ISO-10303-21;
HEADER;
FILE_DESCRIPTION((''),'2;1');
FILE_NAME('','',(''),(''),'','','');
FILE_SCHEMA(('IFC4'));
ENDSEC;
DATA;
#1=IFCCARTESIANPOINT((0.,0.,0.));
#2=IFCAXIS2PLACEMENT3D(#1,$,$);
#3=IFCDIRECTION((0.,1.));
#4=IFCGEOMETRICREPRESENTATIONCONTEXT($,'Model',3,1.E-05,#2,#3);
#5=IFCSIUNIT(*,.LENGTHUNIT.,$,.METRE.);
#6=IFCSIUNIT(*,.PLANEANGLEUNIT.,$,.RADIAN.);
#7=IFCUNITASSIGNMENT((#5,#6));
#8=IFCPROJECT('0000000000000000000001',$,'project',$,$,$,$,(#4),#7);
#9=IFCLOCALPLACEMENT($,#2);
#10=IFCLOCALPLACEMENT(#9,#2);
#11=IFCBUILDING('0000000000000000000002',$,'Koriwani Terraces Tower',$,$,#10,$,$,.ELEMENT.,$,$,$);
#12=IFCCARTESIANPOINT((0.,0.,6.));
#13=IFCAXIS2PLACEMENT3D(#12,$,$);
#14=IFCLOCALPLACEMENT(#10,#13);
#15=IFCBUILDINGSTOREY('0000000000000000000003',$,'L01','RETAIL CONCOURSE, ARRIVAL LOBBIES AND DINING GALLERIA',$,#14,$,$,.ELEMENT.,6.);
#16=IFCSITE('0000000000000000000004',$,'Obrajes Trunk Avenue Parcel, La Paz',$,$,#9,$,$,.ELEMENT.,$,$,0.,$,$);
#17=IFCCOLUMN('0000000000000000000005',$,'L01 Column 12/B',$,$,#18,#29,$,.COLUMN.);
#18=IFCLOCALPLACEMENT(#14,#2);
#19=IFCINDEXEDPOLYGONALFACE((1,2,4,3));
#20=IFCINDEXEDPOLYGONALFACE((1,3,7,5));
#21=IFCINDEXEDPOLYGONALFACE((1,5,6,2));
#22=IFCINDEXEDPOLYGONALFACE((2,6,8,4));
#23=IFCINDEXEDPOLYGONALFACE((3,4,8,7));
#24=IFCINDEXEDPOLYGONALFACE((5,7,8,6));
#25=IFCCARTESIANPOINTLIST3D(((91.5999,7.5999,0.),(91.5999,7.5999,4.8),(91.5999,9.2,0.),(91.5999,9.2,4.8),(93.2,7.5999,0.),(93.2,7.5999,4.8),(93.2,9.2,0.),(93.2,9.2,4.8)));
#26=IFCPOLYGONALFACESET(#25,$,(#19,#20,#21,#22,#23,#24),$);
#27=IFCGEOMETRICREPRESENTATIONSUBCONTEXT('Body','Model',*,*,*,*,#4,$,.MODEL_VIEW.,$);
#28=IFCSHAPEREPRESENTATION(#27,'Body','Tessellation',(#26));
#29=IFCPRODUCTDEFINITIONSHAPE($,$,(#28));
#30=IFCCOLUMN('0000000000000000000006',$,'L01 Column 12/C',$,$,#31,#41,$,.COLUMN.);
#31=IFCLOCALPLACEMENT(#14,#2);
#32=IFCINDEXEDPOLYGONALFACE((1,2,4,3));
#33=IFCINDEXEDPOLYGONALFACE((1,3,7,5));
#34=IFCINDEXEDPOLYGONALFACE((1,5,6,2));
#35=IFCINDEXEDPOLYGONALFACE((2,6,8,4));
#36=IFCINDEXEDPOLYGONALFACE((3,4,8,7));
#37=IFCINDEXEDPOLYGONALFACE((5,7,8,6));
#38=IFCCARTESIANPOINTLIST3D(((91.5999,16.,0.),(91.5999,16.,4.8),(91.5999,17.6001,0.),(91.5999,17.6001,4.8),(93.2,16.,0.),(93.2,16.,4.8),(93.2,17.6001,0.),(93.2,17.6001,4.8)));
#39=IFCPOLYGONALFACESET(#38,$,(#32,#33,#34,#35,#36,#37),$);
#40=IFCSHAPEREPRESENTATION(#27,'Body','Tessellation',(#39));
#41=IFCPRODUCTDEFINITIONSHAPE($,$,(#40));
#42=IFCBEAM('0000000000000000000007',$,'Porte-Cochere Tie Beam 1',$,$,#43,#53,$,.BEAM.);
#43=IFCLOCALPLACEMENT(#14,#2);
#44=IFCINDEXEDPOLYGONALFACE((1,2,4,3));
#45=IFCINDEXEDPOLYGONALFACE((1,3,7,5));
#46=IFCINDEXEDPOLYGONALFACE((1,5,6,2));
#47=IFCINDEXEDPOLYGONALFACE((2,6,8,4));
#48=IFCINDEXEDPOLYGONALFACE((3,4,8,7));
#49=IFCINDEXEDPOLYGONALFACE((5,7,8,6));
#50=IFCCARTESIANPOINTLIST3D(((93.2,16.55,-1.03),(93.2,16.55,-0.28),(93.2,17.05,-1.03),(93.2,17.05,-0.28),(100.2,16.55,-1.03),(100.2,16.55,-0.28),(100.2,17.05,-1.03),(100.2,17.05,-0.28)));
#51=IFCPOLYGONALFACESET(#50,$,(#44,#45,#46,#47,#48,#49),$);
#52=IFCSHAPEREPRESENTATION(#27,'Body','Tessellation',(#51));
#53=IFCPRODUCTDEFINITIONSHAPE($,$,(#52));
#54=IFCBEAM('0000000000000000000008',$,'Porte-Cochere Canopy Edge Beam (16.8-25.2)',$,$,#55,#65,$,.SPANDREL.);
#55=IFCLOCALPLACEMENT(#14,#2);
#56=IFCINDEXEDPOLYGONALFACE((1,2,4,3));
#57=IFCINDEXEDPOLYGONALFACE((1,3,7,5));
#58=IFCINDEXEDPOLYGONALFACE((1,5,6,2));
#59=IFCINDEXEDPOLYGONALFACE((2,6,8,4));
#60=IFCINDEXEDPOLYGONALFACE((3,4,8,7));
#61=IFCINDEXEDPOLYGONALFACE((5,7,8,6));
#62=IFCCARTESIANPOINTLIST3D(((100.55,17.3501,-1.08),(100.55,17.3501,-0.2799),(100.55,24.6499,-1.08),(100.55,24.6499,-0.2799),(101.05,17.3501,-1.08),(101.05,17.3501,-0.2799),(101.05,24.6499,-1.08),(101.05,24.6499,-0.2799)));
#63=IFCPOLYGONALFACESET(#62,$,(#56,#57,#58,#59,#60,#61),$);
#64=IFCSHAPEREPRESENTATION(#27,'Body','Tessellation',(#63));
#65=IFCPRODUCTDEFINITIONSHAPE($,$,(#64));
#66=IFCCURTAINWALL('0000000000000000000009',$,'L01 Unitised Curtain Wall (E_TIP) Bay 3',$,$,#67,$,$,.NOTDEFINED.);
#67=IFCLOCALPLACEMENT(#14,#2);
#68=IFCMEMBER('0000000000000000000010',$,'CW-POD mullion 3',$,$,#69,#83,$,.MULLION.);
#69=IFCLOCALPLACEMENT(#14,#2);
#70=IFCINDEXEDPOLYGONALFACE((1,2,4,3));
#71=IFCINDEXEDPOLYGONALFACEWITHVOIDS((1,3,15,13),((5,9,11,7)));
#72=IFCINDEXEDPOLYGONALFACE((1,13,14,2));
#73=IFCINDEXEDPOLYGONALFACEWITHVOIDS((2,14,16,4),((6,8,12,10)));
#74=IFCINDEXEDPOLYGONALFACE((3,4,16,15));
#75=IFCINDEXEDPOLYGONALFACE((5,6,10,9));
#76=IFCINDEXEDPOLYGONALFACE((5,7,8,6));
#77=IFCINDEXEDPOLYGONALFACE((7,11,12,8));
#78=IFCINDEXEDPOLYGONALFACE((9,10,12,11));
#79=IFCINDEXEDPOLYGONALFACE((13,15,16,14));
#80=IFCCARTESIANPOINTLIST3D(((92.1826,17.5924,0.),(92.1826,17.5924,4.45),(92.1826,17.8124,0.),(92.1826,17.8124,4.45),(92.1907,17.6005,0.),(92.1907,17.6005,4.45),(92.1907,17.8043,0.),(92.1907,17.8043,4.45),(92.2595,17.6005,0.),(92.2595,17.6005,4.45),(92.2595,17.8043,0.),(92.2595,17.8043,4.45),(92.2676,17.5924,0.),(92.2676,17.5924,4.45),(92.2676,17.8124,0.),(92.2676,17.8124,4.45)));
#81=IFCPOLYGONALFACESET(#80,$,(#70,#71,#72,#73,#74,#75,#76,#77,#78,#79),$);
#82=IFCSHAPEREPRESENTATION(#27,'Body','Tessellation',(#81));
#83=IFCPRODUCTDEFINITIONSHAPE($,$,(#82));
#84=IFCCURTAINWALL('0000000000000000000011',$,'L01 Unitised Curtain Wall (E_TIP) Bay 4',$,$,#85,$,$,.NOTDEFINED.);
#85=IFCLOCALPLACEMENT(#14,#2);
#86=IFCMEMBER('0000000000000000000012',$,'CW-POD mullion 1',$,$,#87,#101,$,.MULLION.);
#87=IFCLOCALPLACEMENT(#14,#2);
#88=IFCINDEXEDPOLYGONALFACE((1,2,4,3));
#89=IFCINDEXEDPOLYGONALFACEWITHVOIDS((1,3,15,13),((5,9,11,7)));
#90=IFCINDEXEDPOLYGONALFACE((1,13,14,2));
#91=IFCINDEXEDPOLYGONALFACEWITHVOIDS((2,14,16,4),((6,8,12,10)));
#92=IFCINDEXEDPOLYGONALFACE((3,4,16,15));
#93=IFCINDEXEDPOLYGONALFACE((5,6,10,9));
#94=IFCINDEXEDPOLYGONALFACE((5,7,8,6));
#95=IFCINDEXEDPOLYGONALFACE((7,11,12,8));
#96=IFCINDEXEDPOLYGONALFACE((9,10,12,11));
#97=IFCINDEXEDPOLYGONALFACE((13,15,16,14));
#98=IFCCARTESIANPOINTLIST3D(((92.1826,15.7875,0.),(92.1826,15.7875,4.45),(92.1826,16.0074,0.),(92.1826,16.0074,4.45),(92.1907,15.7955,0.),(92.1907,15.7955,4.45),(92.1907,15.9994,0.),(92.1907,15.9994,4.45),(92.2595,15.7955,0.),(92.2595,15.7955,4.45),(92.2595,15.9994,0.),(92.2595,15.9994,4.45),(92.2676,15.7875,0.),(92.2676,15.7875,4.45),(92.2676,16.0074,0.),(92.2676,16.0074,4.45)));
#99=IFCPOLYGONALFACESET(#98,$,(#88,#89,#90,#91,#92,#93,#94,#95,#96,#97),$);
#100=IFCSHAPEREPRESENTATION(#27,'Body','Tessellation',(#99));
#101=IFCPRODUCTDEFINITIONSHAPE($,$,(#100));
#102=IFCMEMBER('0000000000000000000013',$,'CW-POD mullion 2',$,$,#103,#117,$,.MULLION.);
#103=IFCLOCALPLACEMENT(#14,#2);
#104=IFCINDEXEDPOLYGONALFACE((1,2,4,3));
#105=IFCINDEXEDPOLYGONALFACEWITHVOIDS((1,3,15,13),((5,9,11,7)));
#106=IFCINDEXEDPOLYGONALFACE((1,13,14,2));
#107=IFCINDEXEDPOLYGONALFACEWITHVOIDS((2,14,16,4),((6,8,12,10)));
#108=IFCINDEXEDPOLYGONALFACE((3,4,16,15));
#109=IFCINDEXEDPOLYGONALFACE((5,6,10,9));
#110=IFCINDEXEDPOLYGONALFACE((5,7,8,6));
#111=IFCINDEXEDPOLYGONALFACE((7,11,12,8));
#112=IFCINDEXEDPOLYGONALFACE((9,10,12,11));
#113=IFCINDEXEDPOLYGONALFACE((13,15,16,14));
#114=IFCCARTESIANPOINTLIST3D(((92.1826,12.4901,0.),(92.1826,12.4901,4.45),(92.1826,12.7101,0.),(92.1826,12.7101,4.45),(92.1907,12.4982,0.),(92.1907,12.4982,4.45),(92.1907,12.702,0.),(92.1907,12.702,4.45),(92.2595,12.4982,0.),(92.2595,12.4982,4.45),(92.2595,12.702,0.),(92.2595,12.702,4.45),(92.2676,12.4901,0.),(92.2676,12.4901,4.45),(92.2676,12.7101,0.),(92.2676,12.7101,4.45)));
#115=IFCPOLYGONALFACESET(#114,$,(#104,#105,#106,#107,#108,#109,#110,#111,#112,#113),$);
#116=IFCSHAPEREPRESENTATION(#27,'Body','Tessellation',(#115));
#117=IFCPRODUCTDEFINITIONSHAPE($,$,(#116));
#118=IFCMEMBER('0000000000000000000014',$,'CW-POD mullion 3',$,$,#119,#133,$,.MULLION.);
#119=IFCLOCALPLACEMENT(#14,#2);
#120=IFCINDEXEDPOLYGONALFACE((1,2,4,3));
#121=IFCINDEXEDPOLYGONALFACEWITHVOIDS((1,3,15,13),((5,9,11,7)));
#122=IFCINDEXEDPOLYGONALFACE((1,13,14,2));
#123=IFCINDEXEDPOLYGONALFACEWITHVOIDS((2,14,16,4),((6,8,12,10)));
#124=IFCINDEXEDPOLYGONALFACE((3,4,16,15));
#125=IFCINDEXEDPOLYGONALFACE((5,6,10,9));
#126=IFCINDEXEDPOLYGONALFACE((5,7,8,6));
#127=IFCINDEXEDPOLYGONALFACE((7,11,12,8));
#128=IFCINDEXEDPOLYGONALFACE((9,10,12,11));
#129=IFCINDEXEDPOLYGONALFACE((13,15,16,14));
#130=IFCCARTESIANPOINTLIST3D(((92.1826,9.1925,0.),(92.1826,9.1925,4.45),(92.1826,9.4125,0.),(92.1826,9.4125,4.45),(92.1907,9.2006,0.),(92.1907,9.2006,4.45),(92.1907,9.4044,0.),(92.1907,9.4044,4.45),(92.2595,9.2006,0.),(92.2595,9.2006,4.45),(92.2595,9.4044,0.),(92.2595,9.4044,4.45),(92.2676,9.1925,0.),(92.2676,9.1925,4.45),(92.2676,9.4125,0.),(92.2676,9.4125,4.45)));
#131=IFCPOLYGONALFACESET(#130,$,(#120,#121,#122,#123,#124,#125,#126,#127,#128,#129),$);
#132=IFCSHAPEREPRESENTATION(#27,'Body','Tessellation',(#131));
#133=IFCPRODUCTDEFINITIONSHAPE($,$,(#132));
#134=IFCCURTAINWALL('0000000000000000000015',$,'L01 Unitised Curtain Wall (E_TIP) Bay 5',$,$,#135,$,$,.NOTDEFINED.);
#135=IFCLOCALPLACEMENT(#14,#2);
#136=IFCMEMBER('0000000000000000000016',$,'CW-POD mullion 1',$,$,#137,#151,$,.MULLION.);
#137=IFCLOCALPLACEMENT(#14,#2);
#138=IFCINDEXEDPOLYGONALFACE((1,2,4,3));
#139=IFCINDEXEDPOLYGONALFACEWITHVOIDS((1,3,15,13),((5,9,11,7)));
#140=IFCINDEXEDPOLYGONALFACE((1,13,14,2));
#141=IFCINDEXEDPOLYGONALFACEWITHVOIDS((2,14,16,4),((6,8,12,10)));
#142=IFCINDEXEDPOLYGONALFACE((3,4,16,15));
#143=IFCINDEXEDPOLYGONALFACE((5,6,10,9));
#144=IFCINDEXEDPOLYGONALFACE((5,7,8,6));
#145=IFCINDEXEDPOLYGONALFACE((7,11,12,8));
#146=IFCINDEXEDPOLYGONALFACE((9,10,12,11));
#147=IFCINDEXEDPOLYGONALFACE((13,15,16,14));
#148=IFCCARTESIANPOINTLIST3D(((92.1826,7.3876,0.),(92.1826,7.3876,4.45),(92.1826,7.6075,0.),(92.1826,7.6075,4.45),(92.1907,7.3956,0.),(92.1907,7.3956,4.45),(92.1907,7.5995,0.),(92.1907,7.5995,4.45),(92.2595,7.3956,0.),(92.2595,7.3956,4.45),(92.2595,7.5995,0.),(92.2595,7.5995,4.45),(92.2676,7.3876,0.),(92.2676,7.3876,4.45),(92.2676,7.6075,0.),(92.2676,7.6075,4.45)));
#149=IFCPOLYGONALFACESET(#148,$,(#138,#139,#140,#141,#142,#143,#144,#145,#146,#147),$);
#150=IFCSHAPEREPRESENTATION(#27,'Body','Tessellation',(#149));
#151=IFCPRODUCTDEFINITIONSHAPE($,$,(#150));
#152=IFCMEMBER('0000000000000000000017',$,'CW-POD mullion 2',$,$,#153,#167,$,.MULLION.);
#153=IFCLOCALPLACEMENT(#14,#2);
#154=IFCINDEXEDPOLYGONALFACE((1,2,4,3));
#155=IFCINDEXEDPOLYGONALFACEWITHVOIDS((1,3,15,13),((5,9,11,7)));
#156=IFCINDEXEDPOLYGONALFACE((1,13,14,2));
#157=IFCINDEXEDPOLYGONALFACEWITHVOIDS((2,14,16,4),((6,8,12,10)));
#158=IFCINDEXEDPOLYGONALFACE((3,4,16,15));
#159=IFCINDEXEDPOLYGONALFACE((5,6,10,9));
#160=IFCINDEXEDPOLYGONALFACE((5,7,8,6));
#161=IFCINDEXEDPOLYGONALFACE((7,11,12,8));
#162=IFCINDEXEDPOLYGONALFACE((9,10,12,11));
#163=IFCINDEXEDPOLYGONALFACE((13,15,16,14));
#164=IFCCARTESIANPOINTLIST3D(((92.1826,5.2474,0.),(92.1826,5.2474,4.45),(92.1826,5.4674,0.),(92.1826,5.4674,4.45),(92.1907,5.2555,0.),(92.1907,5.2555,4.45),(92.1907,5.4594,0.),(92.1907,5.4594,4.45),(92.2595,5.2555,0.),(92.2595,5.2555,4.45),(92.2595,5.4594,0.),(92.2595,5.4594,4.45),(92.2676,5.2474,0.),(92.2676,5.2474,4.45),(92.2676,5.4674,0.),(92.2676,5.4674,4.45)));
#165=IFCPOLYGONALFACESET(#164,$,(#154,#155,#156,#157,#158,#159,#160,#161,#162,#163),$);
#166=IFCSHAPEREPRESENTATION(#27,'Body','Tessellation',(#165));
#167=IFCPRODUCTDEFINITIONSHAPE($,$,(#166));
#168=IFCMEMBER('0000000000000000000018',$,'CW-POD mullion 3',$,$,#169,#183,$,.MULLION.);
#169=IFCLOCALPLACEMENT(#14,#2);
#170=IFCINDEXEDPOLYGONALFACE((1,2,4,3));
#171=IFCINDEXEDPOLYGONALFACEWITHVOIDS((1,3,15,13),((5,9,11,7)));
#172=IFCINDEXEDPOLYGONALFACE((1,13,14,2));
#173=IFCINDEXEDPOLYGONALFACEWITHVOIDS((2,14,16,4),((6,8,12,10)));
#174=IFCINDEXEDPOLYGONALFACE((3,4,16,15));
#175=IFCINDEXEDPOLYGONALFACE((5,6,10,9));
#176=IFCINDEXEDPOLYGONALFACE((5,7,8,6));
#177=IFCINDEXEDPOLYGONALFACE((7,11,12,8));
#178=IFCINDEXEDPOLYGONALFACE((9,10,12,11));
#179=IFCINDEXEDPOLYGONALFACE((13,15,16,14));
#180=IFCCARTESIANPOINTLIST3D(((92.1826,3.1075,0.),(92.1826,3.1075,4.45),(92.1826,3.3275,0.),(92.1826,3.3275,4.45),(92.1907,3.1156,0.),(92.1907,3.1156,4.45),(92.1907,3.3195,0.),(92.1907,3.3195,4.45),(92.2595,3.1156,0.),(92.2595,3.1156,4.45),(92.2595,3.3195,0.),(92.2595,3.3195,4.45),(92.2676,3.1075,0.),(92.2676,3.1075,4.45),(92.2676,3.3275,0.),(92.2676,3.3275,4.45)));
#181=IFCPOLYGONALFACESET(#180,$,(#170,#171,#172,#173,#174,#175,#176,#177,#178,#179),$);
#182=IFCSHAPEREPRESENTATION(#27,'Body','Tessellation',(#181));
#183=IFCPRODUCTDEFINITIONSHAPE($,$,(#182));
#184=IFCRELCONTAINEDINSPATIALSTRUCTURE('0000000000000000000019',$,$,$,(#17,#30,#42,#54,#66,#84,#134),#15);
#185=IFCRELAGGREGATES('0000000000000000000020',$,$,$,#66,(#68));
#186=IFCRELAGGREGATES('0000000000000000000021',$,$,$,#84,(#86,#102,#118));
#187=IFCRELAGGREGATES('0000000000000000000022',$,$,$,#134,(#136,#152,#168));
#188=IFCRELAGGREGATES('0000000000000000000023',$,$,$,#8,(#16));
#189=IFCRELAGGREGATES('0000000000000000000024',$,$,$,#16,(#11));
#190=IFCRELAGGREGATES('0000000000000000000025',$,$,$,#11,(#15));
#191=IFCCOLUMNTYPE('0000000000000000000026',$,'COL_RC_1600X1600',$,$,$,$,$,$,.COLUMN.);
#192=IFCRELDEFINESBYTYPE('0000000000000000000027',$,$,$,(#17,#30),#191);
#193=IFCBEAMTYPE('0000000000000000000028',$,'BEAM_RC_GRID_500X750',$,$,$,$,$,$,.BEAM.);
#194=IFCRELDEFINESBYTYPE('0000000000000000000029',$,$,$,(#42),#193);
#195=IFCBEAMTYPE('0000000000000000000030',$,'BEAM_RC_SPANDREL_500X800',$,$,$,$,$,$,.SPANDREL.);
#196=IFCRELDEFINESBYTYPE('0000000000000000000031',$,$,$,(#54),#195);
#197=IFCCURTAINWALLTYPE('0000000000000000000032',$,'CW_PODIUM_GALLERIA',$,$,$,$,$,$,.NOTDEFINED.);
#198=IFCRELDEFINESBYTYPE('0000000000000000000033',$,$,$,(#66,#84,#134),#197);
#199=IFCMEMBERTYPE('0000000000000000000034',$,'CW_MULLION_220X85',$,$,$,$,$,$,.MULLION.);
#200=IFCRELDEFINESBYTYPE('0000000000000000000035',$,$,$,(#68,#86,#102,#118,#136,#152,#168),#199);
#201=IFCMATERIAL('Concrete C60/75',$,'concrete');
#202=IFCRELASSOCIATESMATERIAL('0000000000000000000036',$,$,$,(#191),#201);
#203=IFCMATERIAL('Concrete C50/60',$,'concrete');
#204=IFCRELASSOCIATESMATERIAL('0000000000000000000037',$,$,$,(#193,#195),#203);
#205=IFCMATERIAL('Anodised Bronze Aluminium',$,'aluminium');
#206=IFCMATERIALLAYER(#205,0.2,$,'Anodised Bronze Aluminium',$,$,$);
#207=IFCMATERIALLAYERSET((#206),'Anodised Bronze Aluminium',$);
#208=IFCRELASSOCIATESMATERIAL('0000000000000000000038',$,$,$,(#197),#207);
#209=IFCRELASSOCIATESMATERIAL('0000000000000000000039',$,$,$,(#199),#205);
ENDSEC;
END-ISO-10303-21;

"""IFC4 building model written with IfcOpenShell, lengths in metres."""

from ifc_helpers import new_model, si_unit, direction, frame, origin, origin_2d, place, context, subcontext, project, spatial, rectangle, hollow_rectangle, extrude, material, layer, layer_set, material_profile, profile_set, type_object, element, aggregate, save


model = new_model("IFC4")

# Units and contexts
model_context = context("Model", 3, precision=1e-05, world=origin(), true_north=direction((0.0, 1.0)))
body_context = subcontext(model_context, "Body", "Model", "MODEL_VIEW")
ifc_project = project(units=[si_unit("LENGTHUNIT", "METRE"), si_unit("PLANEANGLEUNIT", "RADIAN")], contexts=[model_context])

# Site, building, storey
site_placement = place(None, origin())
site = spatial("IfcSite", under=ifc_project, at=site_placement, Name="Obrajes Trunk Avenue Parcel, La Paz", CompositionType="ELEMENT", RefElevation=0.0)
building_placement = place(site_placement, origin())
building = spatial("IfcBuilding", under=site, at=building_placement, Name="Koriwani Terraces Tower", CompositionType="ELEMENT")
storey_placement = place(building_placement, frame((0.0, 0.0, 6.0)))
storey = spatial("IfcBuildingStorey", under=building, at=storey_placement, Name="L01", Description="RETAIL CONCOURSE, ARRIVAL LOBBIES AND DINING GALLERIA", CompositionType="ELEMENT", Elevation=6.0)

# Columns
ifc_material_1 = material(Name="Concrete C60/75", Category="concrete")
ifc_material_profile_1 = material_profile(ifc_material_1, rectangle(XDim=1.6001, YDim=1.6001, at=origin_2d()), Name="Concrete C60/75", Category="LoadBearing")
ifc_profile_set_1 = profile_set([ifc_material_profile_1], Name="Concrete C60/75")
column_type = type_object("IfcColumnType", Name="COL_RC_1600X1600", PredefinedType="COLUMN", material=ifc_profile_set_1)
for number, where, z_axis, x_axis, name in (
    (1, (92.3999, 8.3999, 0.0), (0.0, 0.0, 1.0), (1.0, 0.0, 0.0), "L01 Column 12/B"),
    (2, (92.3999, 16.8, 0.0), (0.0, 0.0, 1.0), (1.0, 0.0, 0.0), "L01 Column 12/C"),
):
    element("IfcColumn", number, at=place(storey_placement, frame(where, z_axis=z_axis, x_axis=x_axis)), inside=storey, type_object=column_type, Name=name, PredefinedType="COLUMN", context=body_context, shape_type="SweptSolid", body=[
        extrude(rectangle(XDim=1.6001, YDim=1.6001, at=origin_2d()), origin(), (0.0, 0.0, 1.0), 4.8),
    ])

# Beams
ifc_material_2 = material(Name="Concrete C50/60", Category="concrete")
ifc_material_profile_2 = material_profile(ifc_material_2, rectangle(XDim=0.5, YDim=0.75, at=origin_2d()), Name="Concrete C50/60", Category="LoadBearing")
ifc_profile_set_2 = profile_set([ifc_material_profile_2], Name="Concrete C50/60")
beam_type_1 = type_object("IfcBeamType", Name="BEAM_RC_GRID_500X750", PredefinedType="BEAM", material=ifc_profile_set_2)
beam_1_placement = place(storey_placement, frame((93.2, 16.8, -0.655), z_axis=(1.0, 0.0, 0.0), x_axis=(0.0, 1.0, 0.0)))
element("IfcBeam", 3, at=beam_1_placement, inside=storey, type_object=beam_type_1, Name="Porte-Cochere Tie Beam 1", PredefinedType="BEAM", context=body_context, shape_type="SweptSolid", body=[
    extrude(rectangle(XDim=0.5, YDim=0.75, at=origin_2d()), origin(), (0.0, 0.0, 1.0), 7.0),
])
ifc_material_profile_3 = material_profile(ifc_material_2, rectangle(XDim=0.5, YDim=0.8, at=origin_2d()), Name="Concrete C50/60", Category="LoadBearing")
ifc_profile_set_3 = profile_set([ifc_material_profile_3], Name="Concrete C50/60")
beam_type_2 = type_object("IfcBeamType", Name="BEAM_RC_SPANDREL_500X800", PredefinedType="SPANDREL", material=ifc_profile_set_3)
beam_2_placement = place(storey_placement, frame((100.8, 17.3501, -0.6799), z_axis=(0.0, 1.0, 0.0), x_axis=(-1.0, 0.0, 0.0)))
element("IfcBeam", 4, at=beam_2_placement, inside=storey, type_object=beam_type_2, Name="Porte-Cochere Canopy Edge Beam (16.8-25.2)", PredefinedType="SPANDREL", context=body_context, shape_type="SweptSolid", body=[
    extrude(rectangle(XDim=0.5, YDim=0.8, at=origin_2d()), origin(), (0.0, 0.0, 1.0), 7.2998),
])

# Curtain wall, member
ifc_material_3 = material(Name="Anodised Bronze Aluminium", Category="aluminium")
ifc_layer_1 = layer(ifc_material_3, 0.2, Name="Anodised Bronze Aluminium")
ifc_layer_set_1 = layer_set([ifc_layer_1], Name="Anodised Bronze Aluminium")
curtain_wall_type = type_object("IfcCurtainWallType", Name="CW_PODIUM_GALLERIA", PredefinedType="NOTDEFINED", material=ifc_layer_set_1)
curtain_wall_1_placement = place(storey_placement, origin())
curtain_wall_1 = element("IfcCurtainWall", 5, at=curtain_wall_1_placement, inside=storey, type_object=curtain_wall_type, Name="L01 Unitised Curtain Wall (E_TIP) Bay 3", PredefinedType="NOTDEFINED")
ifc_material_profile_4 = material_profile(ifc_material_3, hollow_rectangle(XDim=0.085, YDim=0.22, WallThickness=0.0081, at=origin_2d()), Name="Anodised Bronze Aluminium", Category="LoadBearing")
ifc_profile_set_4 = profile_set([ifc_material_profile_4], Name="Anodised Bronze Aluminium")
member_type_1 = type_object("IfcMemberType", Name="CW_MULLION_220X85", PredefinedType="MULLION", material=ifc_profile_set_4)
member_1_placement = place(storey_placement, frame((92.2251, 17.7024, 0.0), z_axis=(0.0, 0.0, 1.0), x_axis=(1.0, 0.0, 0.0)))
member_1 = element("IfcMember", 6, at=member_1_placement, type_object=member_type_1, Name="CW-POD mullion 3", PredefinedType="MULLION", context=body_context, shape_type="SweptSolid", body=[
    extrude(hollow_rectangle(XDim=0.085, YDim=0.22, WallThickness=0.0081, at=origin_2d()), origin(), (0.0, 0.0, 1.0), 4.45),
])

# Curtain walls, members
curtain_wall_2_placement = place(storey_placement, origin())
curtain_wall_2 = element("IfcCurtainWall", 7, at=curtain_wall_2_placement, inside=storey, type_object=curtain_wall_type, Name="L01 Unitised Curtain Wall (E_TIP) Bay 4", PredefinedType="NOTDEFINED")
member_2_placement = place(storey_placement, frame((92.2251, 15.8975, 0.0), z_axis=(0.0, 0.0, 1.0), x_axis=(1.0, 0.0, 0.0)))
member_2 = element("IfcMember", 8, at=member_2_placement, type_object=member_type_1, Name="CW-POD mullion 1", PredefinedType="MULLION", context=body_context, shape_type="SweptSolid", body=[
    extrude(hollow_rectangle(XDim=0.085, YDim=0.22, WallThickness=0.0081, at=origin_2d()), origin(), (0.0, 0.0, 1.0), 4.45),
])
member_3_placement = place(storey_placement, frame((92.2251, 12.6001, 0.0), z_axis=(0.0, 0.0, 1.0), x_axis=(1.0, 0.0, 0.0)))
member_3 = element("IfcMember", 9, at=member_3_placement, type_object=member_type_1, Name="CW-POD mullion 2", PredefinedType="MULLION", context=body_context, shape_type="SweptSolid", body=[
    extrude(hollow_rectangle(XDim=0.085, YDim=0.22, WallThickness=0.0081, at=origin_2d()), origin(), (0.0, 0.0, 1.0), 4.45),
])
member_4_placement = place(storey_placement, frame((92.2251, 9.3025, 0.0), z_axis=(0.0, 0.0, 1.0), x_axis=(1.0, 0.0, 0.0)))
member_4 = element("IfcMember", 10, at=member_4_placement, type_object=member_type_1, Name="CW-POD mullion 3", PredefinedType="MULLION", context=body_context, shape_type="SweptSolid", body=[
    extrude(hollow_rectangle(XDim=0.085, YDim=0.22, WallThickness=0.0081, at=origin_2d()), origin(), (0.0, 0.0, 1.0), 4.45),
])
curtain_wall_3_placement = place(storey_placement, origin())
curtain_wall_3 = element("IfcCurtainWall", 11, at=curtain_wall_3_placement, inside=storey, type_object=curtain_wall_type, Name="L01 Unitised Curtain Wall (E_TIP) Bay 5", PredefinedType="NOTDEFINED")
member_5_placement = place(storey_placement, frame((92.2251, 7.4976, 0.0), z_axis=(0.0, 0.0, 1.0), x_axis=(1.0, 0.0, 0.0)))
member_5 = element("IfcMember", 12, at=member_5_placement, type_object=member_type_1, Name="CW-POD mullion 1", PredefinedType="MULLION", context=body_context, shape_type="SweptSolid", body=[
    extrude(hollow_rectangle(XDim=0.085, YDim=0.22, WallThickness=0.0081, at=origin_2d()), origin(), (0.0, 0.0, 1.0), 4.45),
])
member_6_placement = place(storey_placement, frame((92.2251, 5.3574, 0.0), z_axis=(0.0, 0.0, 1.0), x_axis=(1.0, 0.0, 0.0)))
member_6 = element("IfcMember", 13, at=member_6_placement, type_object=member_type_1, Name="CW-POD mullion 2", PredefinedType="MULLION", context=body_context, shape_type="SweptSolid", body=[
    extrude(hollow_rectangle(XDim=0.085, YDim=0.22, WallThickness=0.0081, at=origin_2d()), origin(), (0.0, 0.0, 1.0), 4.45),
])
member_7_placement = place(storey_placement, frame((92.2251, 3.2175, 0.0), z_axis=(0.0, 0.0, 1.0), x_axis=(1.0, 0.0, 0.0)))
member_7 = element("IfcMember", 14, at=member_7_placement, type_object=member_type_1, Name="CW-POD mullion 3", PredefinedType="MULLION", context=body_context, shape_type="SweptSolid", body=[
    extrude(hollow_rectangle(XDim=0.085, YDim=0.22, WallThickness=0.0081, at=origin_2d()), origin(), (0.0, 0.0, 1.0), 4.45),
])

aggregate(curtain_wall_1, [member_1])
aggregate(curtain_wall_2, [member_2, member_3, member_4])
aggregate(curtain_wall_3, [member_5, member_6, member_7])

save(model, "model.ifc")
